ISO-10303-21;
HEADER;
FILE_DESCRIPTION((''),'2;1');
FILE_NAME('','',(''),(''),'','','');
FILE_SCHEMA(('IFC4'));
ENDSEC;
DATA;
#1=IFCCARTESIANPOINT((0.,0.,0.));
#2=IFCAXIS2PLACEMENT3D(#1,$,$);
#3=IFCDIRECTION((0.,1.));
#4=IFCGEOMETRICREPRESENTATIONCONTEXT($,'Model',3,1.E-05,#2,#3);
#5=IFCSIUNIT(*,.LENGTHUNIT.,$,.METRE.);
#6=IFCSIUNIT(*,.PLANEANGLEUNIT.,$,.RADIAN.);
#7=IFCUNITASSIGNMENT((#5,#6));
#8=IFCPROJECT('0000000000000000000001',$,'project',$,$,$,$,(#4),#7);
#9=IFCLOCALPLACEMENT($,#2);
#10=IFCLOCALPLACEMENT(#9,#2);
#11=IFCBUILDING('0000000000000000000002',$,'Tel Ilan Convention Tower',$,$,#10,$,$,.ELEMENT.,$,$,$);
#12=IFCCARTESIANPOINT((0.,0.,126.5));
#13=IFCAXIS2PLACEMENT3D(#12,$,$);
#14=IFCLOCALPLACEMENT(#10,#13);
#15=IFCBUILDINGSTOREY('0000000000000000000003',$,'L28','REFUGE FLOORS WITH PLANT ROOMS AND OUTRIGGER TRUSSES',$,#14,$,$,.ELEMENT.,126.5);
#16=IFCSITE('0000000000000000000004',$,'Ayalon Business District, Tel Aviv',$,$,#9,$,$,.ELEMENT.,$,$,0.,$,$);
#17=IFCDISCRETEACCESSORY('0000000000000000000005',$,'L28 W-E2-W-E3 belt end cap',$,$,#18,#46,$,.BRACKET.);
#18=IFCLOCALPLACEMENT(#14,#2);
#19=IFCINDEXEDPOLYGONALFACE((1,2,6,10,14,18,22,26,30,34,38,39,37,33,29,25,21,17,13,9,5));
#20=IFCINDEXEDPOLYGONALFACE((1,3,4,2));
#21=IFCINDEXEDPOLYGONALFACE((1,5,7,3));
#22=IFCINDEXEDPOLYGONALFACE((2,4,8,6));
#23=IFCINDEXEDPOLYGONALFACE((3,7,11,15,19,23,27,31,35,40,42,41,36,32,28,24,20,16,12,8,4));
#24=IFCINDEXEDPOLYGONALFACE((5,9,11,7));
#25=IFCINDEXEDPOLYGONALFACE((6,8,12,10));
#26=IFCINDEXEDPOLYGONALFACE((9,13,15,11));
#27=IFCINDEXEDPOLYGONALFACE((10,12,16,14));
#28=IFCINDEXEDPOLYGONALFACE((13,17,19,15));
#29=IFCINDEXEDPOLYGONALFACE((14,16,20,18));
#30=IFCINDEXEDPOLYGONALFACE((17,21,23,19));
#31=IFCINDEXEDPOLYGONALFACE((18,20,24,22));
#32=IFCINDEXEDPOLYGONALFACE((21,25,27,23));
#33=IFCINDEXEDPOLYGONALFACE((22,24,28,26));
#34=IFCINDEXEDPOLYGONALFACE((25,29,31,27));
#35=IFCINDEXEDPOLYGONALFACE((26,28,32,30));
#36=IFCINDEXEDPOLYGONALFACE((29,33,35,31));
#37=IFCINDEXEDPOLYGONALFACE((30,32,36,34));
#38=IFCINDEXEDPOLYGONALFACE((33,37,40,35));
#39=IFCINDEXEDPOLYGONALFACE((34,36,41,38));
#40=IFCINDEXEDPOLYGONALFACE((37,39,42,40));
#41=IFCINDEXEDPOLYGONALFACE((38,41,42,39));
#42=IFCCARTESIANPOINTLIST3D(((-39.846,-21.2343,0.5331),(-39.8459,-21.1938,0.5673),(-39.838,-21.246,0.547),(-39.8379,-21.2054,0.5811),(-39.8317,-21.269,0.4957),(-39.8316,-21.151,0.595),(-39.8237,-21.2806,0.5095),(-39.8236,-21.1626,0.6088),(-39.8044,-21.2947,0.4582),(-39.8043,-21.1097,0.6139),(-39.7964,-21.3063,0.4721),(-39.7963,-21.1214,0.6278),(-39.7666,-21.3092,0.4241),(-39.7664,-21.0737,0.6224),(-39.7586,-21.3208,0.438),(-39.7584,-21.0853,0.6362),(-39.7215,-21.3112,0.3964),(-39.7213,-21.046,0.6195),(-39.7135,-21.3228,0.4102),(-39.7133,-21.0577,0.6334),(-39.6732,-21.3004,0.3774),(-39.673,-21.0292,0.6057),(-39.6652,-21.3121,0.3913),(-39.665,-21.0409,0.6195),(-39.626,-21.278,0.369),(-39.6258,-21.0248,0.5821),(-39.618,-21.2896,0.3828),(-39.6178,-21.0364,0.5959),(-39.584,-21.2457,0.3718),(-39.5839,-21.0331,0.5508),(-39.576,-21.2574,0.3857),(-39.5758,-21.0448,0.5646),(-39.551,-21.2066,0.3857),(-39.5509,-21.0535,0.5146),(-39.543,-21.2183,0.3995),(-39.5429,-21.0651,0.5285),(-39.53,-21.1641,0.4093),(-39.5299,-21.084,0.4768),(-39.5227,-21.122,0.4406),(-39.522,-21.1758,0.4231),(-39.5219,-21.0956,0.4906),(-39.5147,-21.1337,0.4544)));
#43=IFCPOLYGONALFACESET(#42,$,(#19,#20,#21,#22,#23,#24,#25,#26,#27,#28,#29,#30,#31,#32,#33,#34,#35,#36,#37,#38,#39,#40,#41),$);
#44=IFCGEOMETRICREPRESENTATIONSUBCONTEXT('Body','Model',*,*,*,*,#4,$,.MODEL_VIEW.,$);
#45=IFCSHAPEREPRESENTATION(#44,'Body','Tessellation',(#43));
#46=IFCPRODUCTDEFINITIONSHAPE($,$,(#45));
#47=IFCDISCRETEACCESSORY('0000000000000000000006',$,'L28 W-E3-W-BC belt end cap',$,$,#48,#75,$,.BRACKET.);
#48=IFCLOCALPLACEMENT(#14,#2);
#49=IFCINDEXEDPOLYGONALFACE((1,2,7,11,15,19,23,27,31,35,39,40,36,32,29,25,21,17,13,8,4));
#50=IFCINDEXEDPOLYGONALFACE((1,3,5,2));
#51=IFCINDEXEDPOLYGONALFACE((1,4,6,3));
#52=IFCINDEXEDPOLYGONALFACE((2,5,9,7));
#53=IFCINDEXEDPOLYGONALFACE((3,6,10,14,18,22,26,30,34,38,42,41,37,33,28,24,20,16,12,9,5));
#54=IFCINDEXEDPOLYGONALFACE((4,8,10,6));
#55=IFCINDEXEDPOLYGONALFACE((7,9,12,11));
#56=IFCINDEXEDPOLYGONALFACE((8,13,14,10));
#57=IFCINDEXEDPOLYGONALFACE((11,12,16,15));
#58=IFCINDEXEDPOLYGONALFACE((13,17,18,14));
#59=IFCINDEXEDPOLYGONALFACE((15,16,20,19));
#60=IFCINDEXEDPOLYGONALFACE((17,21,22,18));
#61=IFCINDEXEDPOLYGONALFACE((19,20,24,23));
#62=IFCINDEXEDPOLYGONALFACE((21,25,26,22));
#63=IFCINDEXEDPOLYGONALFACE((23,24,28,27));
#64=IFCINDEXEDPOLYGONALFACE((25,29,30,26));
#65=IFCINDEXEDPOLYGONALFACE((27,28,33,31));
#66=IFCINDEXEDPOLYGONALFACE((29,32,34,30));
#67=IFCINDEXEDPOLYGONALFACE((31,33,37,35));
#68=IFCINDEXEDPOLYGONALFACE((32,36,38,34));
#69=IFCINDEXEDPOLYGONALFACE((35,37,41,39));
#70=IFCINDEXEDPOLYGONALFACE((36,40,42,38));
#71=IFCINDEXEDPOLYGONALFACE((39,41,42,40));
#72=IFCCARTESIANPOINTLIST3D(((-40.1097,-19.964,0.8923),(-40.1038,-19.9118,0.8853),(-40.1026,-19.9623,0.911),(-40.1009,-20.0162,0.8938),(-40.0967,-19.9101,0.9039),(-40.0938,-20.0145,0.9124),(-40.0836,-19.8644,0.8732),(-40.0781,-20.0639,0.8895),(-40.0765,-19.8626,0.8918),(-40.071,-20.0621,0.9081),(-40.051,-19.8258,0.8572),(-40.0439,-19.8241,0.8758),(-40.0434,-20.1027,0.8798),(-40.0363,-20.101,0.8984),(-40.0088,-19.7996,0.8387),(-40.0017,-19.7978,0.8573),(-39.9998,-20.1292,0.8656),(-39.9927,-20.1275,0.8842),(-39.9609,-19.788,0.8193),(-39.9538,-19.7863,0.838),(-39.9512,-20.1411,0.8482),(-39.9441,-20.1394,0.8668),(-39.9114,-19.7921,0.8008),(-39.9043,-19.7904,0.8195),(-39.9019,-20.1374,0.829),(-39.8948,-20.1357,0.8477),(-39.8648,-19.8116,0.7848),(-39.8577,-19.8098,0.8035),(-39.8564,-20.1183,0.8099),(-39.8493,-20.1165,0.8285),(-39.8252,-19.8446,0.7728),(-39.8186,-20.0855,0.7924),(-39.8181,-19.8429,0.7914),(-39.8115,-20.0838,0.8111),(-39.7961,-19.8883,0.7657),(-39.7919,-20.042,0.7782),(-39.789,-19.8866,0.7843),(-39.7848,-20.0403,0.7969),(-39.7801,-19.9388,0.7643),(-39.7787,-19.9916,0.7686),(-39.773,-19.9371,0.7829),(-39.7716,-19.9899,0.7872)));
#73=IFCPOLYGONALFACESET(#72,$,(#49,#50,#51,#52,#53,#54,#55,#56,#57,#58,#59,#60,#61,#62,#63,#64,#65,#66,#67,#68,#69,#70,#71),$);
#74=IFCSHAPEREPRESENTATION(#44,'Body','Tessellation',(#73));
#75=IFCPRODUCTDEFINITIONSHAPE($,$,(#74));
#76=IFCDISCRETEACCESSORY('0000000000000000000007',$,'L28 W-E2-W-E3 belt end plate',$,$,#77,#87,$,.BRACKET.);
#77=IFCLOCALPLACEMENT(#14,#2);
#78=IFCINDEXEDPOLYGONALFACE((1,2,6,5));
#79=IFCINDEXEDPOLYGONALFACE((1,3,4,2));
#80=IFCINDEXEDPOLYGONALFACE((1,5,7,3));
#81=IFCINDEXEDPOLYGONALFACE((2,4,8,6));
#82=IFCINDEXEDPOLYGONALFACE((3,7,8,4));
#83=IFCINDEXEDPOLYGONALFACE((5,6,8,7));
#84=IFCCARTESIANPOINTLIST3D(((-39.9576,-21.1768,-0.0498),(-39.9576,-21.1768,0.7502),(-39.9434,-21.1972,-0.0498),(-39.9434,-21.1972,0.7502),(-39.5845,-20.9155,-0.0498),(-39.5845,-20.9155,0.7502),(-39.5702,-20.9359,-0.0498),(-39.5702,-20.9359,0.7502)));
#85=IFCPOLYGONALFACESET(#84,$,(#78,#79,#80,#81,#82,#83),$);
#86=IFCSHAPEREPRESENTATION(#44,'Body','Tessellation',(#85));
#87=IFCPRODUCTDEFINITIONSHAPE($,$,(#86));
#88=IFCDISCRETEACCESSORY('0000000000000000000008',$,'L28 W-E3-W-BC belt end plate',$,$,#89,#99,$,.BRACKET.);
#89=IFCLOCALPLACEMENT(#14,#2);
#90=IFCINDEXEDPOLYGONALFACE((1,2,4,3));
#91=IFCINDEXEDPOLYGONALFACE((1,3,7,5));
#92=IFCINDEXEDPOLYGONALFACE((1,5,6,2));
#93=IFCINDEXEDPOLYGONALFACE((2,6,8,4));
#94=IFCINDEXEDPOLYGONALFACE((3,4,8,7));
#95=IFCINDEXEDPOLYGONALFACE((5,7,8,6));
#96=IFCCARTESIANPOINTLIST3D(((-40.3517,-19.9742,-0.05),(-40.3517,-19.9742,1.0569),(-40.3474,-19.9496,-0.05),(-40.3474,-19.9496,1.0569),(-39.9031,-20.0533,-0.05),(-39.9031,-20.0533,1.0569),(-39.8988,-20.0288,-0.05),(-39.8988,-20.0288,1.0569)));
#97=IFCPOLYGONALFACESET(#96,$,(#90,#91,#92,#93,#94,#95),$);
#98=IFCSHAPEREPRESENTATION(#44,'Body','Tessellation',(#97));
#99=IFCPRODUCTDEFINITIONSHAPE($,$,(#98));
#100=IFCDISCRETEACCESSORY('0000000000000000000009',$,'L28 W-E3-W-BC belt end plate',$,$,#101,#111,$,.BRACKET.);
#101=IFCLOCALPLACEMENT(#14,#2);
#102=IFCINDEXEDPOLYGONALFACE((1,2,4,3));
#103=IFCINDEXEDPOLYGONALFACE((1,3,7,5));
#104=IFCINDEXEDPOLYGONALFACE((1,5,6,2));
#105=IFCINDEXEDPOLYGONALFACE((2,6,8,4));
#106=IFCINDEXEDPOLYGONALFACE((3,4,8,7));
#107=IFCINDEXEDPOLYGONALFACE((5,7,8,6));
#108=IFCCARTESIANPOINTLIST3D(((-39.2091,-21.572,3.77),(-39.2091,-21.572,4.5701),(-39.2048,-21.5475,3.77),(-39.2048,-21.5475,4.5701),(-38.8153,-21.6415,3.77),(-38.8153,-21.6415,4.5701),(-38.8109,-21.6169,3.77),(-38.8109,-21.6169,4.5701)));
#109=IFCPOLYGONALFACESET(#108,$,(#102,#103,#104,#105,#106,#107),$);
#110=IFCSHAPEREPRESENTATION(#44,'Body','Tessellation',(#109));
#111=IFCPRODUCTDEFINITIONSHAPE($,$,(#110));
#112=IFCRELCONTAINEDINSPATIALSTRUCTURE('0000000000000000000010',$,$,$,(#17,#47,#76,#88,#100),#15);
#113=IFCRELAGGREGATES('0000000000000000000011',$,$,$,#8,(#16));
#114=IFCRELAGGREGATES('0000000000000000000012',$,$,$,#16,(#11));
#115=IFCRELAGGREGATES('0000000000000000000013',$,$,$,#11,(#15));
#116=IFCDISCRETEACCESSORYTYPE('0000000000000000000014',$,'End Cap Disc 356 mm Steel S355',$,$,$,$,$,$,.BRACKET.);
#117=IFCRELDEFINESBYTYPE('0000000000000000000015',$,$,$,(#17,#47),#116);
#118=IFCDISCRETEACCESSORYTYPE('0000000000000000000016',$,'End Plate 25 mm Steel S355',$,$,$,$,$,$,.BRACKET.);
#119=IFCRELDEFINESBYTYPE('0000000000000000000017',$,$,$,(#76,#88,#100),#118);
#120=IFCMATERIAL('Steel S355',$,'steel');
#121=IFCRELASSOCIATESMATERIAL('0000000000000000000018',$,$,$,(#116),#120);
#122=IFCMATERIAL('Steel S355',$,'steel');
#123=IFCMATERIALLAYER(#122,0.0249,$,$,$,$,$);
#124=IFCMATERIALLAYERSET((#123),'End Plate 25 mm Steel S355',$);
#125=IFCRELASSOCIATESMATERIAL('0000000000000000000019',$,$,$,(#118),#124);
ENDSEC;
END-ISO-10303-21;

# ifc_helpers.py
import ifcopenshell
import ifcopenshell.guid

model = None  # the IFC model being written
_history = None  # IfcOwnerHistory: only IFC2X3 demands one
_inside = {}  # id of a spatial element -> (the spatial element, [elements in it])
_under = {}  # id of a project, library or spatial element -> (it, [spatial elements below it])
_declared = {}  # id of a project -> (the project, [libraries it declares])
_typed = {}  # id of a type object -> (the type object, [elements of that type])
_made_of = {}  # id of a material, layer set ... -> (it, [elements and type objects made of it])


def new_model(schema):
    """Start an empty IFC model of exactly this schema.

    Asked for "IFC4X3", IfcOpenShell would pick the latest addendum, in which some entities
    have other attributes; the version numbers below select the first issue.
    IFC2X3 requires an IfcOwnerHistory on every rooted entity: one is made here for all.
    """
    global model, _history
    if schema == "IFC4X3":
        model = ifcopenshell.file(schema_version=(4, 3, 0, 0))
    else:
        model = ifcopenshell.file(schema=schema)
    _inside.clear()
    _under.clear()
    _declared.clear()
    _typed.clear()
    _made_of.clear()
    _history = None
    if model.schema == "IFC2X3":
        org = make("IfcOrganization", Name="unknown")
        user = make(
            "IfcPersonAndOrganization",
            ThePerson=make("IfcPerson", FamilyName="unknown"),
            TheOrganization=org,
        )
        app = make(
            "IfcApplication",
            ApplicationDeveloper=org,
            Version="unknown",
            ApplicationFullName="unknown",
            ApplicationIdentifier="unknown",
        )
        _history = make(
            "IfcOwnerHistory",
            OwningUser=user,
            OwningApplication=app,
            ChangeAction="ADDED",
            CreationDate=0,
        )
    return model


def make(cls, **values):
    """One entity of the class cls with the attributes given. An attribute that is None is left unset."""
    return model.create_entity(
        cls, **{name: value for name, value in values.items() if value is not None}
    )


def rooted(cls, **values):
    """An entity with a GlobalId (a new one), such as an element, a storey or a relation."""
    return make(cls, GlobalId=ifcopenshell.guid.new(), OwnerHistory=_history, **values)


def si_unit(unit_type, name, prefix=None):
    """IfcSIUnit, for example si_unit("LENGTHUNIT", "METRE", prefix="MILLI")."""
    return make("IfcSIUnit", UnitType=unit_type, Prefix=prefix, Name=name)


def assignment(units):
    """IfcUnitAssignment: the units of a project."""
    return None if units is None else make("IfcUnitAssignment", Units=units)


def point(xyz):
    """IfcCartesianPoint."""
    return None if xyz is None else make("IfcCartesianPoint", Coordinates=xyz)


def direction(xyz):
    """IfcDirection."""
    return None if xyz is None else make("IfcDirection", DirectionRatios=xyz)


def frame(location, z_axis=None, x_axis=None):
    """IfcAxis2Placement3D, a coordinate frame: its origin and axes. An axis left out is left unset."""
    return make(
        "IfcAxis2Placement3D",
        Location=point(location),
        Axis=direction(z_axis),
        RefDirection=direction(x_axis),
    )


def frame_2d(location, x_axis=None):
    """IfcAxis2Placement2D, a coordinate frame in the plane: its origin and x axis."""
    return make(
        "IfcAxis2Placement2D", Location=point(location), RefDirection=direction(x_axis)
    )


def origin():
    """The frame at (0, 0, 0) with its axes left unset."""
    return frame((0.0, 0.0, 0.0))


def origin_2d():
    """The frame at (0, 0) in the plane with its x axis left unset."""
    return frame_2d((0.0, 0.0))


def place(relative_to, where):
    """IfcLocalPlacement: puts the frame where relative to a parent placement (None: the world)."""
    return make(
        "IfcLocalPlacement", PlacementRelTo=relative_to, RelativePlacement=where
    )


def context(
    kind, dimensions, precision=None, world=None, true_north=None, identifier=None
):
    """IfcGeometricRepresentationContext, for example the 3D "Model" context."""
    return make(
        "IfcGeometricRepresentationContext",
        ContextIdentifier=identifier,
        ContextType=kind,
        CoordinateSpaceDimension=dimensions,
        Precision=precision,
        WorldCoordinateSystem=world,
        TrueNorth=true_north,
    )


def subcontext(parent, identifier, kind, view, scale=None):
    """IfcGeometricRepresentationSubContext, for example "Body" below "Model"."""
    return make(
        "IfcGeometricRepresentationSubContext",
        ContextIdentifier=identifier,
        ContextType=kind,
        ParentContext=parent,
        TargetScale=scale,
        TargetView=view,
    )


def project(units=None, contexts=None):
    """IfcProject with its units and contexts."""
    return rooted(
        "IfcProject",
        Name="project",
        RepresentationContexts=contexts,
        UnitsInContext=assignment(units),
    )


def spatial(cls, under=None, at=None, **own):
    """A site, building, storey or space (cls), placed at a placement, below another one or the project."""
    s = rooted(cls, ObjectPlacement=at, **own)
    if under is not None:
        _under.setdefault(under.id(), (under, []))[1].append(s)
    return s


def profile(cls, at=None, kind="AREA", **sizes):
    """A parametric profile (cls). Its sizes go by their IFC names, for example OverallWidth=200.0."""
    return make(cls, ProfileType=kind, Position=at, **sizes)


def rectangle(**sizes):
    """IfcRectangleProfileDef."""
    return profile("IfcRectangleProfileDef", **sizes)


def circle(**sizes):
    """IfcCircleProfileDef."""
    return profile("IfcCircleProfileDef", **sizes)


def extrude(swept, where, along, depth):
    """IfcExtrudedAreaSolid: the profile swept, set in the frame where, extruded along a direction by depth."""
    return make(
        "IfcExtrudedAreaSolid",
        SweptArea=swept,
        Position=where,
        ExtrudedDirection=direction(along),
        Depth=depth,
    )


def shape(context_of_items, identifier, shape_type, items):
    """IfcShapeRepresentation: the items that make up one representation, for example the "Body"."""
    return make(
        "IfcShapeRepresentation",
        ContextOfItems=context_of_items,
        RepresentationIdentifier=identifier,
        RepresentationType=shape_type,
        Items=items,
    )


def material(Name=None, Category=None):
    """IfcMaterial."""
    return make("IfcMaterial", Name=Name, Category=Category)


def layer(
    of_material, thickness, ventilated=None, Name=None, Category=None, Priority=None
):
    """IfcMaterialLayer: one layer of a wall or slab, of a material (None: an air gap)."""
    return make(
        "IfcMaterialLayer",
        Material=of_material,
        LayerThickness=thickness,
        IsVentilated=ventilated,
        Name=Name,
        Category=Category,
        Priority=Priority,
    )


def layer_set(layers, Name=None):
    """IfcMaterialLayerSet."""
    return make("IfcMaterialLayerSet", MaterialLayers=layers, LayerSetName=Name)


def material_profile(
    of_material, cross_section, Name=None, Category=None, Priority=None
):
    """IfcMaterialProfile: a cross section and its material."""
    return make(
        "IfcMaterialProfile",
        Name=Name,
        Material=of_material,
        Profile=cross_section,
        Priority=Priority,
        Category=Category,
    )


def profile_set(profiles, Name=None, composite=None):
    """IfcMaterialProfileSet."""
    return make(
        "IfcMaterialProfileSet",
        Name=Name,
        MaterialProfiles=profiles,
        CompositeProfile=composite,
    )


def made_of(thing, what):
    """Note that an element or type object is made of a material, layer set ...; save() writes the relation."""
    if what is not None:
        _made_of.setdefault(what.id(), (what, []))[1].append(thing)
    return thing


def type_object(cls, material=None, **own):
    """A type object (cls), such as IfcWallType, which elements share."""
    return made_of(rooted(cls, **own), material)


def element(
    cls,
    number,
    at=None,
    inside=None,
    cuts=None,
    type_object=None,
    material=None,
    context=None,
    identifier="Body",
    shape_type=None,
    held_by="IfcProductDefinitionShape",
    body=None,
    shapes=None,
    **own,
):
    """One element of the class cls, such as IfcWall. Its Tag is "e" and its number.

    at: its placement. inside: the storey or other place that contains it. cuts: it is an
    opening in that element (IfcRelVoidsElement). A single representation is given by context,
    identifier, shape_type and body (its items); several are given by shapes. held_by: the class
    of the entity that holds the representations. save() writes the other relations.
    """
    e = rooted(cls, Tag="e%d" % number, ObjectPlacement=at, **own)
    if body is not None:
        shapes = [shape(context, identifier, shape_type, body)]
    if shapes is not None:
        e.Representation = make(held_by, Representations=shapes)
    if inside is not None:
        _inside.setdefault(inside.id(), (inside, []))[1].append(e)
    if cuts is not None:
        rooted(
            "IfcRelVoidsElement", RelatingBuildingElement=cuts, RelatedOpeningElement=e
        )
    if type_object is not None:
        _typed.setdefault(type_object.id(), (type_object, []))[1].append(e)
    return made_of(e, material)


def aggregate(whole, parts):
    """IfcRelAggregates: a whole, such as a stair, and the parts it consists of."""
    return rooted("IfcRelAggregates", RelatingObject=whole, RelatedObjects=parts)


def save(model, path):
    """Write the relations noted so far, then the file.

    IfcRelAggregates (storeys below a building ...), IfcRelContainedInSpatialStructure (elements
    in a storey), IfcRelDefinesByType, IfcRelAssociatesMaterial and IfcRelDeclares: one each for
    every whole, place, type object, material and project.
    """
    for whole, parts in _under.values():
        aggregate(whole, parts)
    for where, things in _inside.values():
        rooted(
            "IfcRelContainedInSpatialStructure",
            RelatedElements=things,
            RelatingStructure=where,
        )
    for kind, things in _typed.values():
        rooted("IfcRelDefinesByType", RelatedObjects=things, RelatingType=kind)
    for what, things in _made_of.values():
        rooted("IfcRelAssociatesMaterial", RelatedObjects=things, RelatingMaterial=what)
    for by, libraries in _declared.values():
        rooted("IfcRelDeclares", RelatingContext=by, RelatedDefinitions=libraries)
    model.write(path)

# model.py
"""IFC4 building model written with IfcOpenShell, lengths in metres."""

from ifc_helpers import new_model, si_unit, direction, frame, origin, origin_2d, place, context, subcontext, project, spatial, rectangle, circle, extrude, material, layer, layer_set, material_profile, profile_set, type_object, element, save


model = new_model("IFC4")

# Units and contexts
model_context = context("Model", 3, precision=1e-05, world=origin(), true_north=direction((0.0, 1.0)))
body_context = subcontext(model_context, "Body", "Model", "MODEL_VIEW")
ifc_project = project(units=[si_unit("LENGTHUNIT", "METRE"), si_unit("PLANEANGLEUNIT", "RADIAN")], contexts=[model_context])

# Site, building, storey
site_placement = place(None, origin())
site = spatial("IfcSite", under=ifc_project, at=site_placement, Name="Ayalon Business District, Tel Aviv", CompositionType="ELEMENT", RefElevation=0.0)
building_placement = place(site_placement, origin())
building = spatial("IfcBuilding", under=site, at=building_placement, Name="Tel Ilan Convention Tower", CompositionType="ELEMENT")
storey_placement = place(building_placement, frame((0.0, 0.0, 126.5)))
storey = spatial("IfcBuildingStorey", under=building, at=storey_placement, Name="L28", Description="REFUGE FLOORS WITH PLANT ROOMS AND OUTRIGGER TRUSSES", CompositionType="ELEMENT", Elevation=126.5)

# Discrete accessories
ifc_material_1 = material(Name="Steel S355", Category="steel")
ifc_material_profile_1 = material_profile(ifc_material_1, circle(Radius=0.1777, at=origin_2d()), Name="End Cap Disc 356 mm Steel S355")
ifc_profile_set_1 = profile_set([ifc_material_profile_1], Name="Steel S355")
discrete_accessory_type_1 = type_object("IfcDiscreteAccessoryType", Name="End Cap Disc 356 mm Steel S355", PredefinedType="BRACKET", material=ifc_profile_set_1)
discrete_accessory_1_placement = place(storey_placement, frame((-39.6772, -21.1799, 0.5095), z_axis=(-0.404916, 0.588968, -0.6994), x_axis=(-0.824042, -0.566529, 0.0)))
element("IfcDiscreteAccessory", 1, at=discrete_accessory_1_placement, inside=storey, type_object=discrete_accessory_type_1, Name="L28 W-E2-W-E3 belt end cap", PredefinedType="BRACKET", context=body_context, shape_type="SweptSolid", body=[
    extrude(circle(Radius=0.1777, at=origin_2d()), origin(), (0.0, 0.0, 1.0), 0.0198),
])
discrete_accessory_2_placement = place(storey_placement, frame((-39.9365, -19.9629, 0.8477), z_axis=(-0.355194, -0.085736, -0.930853), x_axis=(0.234641, -0.972082, 0.0)))
element("IfcDiscreteAccessory", 2, at=discrete_accessory_2_placement, inside=storey, type_object=discrete_accessory_type_1, Name="L28 W-E3-W-BC belt end cap", PredefinedType="BRACKET", context=body_context, shape_type="SweptSolid", body=[
    extrude(circle(Radius=0.1777, at=origin_2d()), origin(), (0.0, 0.0, 1.0), 0.02),
])
ifc_material_2 = material(Name="Steel S355", Category="steel")
ifc_layer_1 = layer(ifc_material_2, 0.0249)
ifc_layer_set_1 = layer_set([ifc_layer_1], Name="End Plate 25 mm Steel S355")
discrete_accessory_type_2 = type_object("IfcDiscreteAccessoryType", Name="End Plate 25 mm Steel S355", PredefinedType="BRACKET", material=ifc_layer_set_1)
discrete_accessory_3_placement = place(storey_placement, frame((-39.7639, -21.0564, -0.0498), z_axis=(0.0, 0.0, 1.0), x_axis=(-0.573576, 0.819152, 0.0)))
element("IfcDiscreteAccessory", 3, at=discrete_accessory_3_placement, inside=storey, type_object=discrete_accessory_type_2, Name="L28 W-E2-W-E3 belt end plate", PredefinedType="BRACKET", context=body_context, shape_type="SweptSolid", body=[
    extrude(rectangle(XDim=0.0249, YDim=0.4556, at=origin_2d()), origin(), (0.0, 0.0, 1.0), 0.8),
])
discrete_accessory_4_placement = place(storey_placement, frame((-40.1252, -20.0015, -0.05), z_axis=(0.0, 0.0, 1.0), x_axis=(-0.173648, -0.984808, 0.0)))
element("IfcDiscreteAccessory", 4, at=discrete_accessory_4_placement, inside=storey, type_object=discrete_accessory_type_2, Name="L28 W-E3-W-BC belt end plate", PredefinedType="BRACKET", context=body_context, shape_type="SweptSolid", body=[
    extrude(rectangle(XDim=0.0249, YDim=0.4556, at=origin_2d()), origin(), (0.0, 0.0, 1.0), 1.1069),
])
discrete_accessory_5_placement = place(storey_placement, frame((-39.01, -21.5945, 3.77), z_axis=(0.0, 0.0, 1.0), x_axis=(-0.173648, -0.984808, 0.0)))
element("IfcDiscreteAccessory", 5, at=discrete_accessory_5_placement, inside=storey, type_object=discrete_accessory_type_2, Name="L28 W-E3-W-BC belt end plate", PredefinedType="BRACKET", context=body_context, shape_type="SweptSolid", body=[
    extrude(rectangle(XDim=0.0249, YDim=0.3999, at=origin_2d()), origin(), (0.0, 0.0, 1.0), 0.8),
])

save(model, "model.ifc")
